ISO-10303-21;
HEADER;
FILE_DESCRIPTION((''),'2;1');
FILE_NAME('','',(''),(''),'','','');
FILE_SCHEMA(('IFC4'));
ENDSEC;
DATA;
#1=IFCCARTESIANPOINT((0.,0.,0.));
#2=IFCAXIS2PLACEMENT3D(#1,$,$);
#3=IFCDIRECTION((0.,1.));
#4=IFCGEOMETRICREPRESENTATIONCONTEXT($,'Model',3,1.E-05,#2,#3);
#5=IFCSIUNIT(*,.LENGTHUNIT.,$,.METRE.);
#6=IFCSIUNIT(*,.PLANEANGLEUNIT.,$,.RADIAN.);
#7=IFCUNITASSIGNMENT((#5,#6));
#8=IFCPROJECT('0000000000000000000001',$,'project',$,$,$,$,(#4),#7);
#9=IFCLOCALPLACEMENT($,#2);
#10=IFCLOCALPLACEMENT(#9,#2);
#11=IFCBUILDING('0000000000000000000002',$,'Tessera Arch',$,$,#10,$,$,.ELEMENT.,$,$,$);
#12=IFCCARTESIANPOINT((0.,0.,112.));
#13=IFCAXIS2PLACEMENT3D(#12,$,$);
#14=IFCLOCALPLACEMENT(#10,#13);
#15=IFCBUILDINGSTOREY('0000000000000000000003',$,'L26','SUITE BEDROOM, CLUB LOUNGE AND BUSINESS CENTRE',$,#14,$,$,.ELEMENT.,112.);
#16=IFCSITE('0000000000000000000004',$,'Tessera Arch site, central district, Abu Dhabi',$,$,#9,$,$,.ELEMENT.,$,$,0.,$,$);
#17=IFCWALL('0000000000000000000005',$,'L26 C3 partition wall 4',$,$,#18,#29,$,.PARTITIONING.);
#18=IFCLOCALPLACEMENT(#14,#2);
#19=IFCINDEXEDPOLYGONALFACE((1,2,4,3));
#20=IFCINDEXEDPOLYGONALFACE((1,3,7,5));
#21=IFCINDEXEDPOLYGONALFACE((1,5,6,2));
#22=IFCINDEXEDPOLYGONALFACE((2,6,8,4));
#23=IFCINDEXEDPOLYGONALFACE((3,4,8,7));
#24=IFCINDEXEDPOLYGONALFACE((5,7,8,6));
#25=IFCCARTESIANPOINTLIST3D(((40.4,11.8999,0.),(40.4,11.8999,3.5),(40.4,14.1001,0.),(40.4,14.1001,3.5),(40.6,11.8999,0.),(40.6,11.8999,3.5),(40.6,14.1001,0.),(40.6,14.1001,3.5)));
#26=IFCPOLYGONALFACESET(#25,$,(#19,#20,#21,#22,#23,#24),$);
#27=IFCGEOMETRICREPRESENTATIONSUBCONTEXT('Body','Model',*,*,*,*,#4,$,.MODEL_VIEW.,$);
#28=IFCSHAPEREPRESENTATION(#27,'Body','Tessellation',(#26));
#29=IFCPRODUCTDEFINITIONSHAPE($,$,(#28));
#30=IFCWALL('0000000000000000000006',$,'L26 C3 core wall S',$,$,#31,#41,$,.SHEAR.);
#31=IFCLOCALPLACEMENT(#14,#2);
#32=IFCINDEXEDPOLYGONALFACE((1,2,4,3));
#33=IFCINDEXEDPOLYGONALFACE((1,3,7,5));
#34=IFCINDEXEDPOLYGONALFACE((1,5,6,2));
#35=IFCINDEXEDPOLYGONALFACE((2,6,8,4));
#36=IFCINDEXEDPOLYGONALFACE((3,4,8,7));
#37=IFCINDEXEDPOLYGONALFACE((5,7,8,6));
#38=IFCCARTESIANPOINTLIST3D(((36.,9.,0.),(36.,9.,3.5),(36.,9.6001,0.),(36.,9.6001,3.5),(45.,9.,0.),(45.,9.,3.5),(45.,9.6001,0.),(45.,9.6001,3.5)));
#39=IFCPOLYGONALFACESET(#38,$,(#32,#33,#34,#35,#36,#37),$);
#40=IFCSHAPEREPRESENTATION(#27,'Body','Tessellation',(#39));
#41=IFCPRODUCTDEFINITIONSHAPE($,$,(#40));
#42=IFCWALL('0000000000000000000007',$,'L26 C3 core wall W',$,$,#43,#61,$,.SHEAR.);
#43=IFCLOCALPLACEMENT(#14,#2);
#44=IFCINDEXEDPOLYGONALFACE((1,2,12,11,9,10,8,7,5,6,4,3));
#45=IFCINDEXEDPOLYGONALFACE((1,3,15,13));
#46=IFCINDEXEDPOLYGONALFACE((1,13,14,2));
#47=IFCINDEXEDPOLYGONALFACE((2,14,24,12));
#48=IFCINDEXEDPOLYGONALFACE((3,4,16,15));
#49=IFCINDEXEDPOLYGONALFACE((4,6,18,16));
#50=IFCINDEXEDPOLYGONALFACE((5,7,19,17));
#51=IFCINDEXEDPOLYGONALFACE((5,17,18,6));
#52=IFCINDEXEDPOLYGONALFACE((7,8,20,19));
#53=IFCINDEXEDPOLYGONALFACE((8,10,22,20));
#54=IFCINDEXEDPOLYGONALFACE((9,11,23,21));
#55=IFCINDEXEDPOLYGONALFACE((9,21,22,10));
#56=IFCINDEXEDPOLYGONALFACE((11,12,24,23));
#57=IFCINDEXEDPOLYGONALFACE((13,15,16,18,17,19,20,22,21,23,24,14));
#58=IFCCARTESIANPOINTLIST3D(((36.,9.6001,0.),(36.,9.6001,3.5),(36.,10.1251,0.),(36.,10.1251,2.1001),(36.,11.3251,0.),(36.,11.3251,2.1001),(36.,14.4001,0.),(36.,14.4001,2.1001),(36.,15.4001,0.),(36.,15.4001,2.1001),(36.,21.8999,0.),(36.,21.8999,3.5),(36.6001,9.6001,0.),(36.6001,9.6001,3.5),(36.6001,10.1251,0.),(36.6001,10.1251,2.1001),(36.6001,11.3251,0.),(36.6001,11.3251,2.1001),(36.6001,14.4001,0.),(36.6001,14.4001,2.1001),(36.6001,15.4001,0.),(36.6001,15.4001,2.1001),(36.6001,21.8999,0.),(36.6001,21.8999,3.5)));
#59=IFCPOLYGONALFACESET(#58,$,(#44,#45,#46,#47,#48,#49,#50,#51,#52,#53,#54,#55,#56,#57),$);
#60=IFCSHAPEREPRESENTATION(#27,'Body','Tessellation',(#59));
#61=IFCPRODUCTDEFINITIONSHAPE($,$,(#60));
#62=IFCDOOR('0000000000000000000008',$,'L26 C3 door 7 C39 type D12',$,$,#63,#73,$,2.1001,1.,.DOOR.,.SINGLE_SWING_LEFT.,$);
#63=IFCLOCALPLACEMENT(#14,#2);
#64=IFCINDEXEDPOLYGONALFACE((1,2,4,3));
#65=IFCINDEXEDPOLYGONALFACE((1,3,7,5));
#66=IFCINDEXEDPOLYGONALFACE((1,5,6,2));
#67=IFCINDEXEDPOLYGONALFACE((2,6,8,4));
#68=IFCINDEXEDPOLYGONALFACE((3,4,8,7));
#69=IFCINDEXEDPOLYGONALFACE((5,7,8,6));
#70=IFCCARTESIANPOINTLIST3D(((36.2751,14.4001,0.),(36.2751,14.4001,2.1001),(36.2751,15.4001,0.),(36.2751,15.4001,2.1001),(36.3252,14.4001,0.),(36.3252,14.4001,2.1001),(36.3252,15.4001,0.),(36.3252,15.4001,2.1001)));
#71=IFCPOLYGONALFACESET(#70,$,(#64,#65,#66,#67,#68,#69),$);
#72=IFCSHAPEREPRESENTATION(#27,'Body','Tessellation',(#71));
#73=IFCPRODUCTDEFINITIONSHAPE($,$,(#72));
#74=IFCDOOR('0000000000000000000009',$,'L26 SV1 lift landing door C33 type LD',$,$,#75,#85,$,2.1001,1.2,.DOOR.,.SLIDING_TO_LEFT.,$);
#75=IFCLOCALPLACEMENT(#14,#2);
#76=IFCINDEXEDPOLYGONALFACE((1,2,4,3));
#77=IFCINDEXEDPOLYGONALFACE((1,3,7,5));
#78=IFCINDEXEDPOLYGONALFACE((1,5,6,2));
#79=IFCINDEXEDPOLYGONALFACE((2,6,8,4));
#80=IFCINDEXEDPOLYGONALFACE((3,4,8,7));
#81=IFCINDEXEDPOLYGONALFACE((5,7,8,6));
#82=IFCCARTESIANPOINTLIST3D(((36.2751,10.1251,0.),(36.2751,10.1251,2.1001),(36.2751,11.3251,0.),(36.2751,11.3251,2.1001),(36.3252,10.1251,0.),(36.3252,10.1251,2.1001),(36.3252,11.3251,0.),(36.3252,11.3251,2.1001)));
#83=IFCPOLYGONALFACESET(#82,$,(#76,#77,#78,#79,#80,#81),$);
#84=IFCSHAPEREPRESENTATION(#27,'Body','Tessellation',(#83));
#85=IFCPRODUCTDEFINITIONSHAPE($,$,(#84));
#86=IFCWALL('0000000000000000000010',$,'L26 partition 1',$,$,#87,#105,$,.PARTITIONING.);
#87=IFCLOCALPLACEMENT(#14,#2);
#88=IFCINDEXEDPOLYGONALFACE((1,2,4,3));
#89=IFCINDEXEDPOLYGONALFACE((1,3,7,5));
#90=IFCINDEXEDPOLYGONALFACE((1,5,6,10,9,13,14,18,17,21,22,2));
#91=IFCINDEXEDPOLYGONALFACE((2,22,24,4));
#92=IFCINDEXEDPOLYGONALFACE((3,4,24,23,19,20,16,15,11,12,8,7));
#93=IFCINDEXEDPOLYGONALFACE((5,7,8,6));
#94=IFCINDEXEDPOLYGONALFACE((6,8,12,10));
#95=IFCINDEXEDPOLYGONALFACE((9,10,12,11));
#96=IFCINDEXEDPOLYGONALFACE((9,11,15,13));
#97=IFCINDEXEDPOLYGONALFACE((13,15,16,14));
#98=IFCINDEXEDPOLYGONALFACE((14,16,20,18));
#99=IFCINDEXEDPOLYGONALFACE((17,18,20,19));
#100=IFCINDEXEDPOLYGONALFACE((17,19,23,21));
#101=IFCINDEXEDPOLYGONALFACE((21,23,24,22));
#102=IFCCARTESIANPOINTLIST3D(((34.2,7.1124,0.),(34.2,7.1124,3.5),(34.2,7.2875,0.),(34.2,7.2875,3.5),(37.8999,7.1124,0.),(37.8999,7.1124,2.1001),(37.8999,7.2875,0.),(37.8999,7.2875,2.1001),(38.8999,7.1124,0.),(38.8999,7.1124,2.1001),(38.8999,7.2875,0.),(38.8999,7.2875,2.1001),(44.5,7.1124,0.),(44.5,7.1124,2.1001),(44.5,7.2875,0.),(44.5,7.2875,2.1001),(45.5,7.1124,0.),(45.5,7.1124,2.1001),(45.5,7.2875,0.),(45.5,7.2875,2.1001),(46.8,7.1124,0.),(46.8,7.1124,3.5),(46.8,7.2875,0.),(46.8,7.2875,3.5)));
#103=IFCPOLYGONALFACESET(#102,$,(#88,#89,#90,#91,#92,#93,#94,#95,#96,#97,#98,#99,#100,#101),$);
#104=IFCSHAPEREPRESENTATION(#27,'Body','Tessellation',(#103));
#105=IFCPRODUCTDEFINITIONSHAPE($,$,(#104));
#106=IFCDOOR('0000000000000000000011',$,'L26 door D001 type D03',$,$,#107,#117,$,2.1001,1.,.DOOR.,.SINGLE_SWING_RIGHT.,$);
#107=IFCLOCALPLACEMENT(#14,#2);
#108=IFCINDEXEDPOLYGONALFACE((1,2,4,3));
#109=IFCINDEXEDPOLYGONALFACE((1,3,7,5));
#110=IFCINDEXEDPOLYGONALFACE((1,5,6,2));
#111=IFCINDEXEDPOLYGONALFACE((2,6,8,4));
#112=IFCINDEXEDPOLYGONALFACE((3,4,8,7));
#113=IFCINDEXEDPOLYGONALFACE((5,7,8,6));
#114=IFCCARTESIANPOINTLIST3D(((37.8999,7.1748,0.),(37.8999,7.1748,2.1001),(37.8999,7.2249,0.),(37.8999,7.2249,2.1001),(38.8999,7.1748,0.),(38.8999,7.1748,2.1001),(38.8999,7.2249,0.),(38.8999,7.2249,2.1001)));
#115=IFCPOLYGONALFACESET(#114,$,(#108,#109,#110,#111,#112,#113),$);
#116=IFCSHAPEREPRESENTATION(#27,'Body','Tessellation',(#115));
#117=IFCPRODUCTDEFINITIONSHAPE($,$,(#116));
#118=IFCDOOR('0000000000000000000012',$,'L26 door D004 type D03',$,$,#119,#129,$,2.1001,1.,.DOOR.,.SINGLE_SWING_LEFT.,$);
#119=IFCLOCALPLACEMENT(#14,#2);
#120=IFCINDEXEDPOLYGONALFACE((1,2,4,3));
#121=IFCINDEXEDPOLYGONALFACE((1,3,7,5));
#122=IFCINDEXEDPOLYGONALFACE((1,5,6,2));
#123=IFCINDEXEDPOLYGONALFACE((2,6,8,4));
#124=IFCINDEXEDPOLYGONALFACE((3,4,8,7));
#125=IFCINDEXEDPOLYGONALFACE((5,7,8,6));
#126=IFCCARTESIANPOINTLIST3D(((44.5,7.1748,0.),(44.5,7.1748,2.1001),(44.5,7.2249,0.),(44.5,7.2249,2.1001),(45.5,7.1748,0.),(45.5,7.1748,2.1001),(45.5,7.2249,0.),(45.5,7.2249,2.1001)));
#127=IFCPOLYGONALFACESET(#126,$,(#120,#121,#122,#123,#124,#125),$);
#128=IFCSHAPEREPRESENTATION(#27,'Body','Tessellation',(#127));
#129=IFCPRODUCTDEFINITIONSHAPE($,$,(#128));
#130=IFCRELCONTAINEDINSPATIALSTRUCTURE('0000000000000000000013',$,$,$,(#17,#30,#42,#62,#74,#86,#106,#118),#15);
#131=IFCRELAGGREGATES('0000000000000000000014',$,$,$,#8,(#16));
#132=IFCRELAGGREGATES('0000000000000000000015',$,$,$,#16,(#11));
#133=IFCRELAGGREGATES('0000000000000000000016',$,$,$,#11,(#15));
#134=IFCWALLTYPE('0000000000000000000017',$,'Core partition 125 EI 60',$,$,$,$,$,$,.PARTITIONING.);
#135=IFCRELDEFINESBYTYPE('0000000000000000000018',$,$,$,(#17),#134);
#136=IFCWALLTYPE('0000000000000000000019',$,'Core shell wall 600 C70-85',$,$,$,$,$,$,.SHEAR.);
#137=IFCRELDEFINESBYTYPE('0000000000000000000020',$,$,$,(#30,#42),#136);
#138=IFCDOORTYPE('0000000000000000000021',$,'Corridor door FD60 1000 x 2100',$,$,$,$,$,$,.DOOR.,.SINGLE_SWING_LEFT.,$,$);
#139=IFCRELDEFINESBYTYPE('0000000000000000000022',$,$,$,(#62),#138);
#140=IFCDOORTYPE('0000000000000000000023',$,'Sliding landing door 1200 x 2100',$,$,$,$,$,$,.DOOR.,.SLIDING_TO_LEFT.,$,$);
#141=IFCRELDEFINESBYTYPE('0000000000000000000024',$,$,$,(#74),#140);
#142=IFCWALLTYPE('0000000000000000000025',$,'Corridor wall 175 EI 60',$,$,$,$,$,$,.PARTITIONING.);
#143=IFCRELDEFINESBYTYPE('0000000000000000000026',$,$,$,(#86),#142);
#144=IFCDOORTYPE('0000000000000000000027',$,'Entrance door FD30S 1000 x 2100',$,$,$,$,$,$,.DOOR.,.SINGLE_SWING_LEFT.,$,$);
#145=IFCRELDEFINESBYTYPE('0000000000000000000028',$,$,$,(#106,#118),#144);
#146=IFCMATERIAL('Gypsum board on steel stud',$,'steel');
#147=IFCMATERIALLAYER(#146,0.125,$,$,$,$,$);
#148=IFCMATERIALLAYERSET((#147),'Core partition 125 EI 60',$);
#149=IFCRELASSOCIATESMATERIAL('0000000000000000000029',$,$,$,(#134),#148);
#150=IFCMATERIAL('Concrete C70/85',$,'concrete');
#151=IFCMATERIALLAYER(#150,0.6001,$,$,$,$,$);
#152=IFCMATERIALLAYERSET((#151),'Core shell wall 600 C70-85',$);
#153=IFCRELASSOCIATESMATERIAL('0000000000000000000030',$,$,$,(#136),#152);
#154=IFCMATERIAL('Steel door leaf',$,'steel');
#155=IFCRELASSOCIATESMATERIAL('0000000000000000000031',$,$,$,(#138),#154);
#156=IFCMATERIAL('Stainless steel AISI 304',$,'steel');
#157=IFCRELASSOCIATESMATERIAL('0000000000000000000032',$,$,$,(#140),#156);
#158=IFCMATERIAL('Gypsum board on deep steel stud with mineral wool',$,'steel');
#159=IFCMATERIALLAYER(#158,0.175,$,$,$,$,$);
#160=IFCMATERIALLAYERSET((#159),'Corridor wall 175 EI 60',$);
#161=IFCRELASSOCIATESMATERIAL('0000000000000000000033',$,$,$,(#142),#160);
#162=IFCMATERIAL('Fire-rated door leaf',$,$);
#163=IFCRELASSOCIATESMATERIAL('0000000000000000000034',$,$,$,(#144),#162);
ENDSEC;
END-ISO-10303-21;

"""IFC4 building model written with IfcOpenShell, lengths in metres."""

from ifc_helpers import new_model, si_unit, direction, frame, frame_2d, origin, place, context, subcontext, project, spatial, rectangle, extrude, material, layer, layer_set, type_object, element, fill, save


model = new_model("IFC4")

# Units and contexts
model_context = context("Model", 3, precision=1e-05, world=origin(), true_north=direction((0.0, 1.0)))
body_context = subcontext(model_context, "Body", "Model", "MODEL_VIEW")
ifc_project = project(units=[si_unit("LENGTHUNIT", "METRE"), si_unit("PLANEANGLEUNIT", "RADIAN")], contexts=[model_context])

# Site, building, storey
site_placement = place(None, origin())
site = spatial("IfcSite", under=ifc_project, at=site_placement, Name="Tessera Arch site, central district, Abu Dhabi", CompositionType="ELEMENT", RefElevation=0.0)
building_placement = place(site_placement, origin())
building = spatial("IfcBuilding", under=site, at=building_placement, Name="Tessera Arch", CompositionType="ELEMENT")
storey_placement = place(building_placement, frame((0.0, 0.0, 112.0)))
storey = spatial("IfcBuildingStorey", under=building, at=storey_placement, Name="L26", Description="SUITE BEDROOM, CLUB LOUNGE AND BUSINESS CENTRE", CompositionType="ELEMENT", Elevation=112.0)

# Walls
ifc_material_1 = material(Name="Gypsum board on steel stud", Category="steel")
ifc_layer_1 = layer(ifc_material_1, 0.125)
ifc_layer_set_1 = layer_set([ifc_layer_1], Name="Core partition 125 EI 60")
wall_type_1 = type_object("IfcWallType", Name="Core partition 125 EI 60", PredefinedType="PARTITIONING", material=ifc_layer_set_1)
wall_1_placement = place(storey_placement, frame((40.5, 11.8999, 0.0), z_axis=(0.0, 0.0, 1.0), x_axis=(0.0, 1.0, 0.0)))
element("IfcWall", 1, at=wall_1_placement, inside=storey, type_object=wall_type_1, Name="L26 C3 partition wall 4", PredefinedType="PARTITIONING", context=body_context, shape_type="SweptSolid", body=[
    extrude(rectangle(XDim=2.2002, YDim=0.2, at=frame_2d((1.1001, 0.0))), origin(), (0.0, 0.0, 1.0), 3.5),
])
ifc_material_2 = material(Name="Concrete C70/85", Category="concrete")
ifc_layer_2 = layer(ifc_material_2, 0.6001)
ifc_layer_set_2 = layer_set([ifc_layer_2], Name="Core shell wall 600 C70-85")
wall_type_2 = type_object("IfcWallType", Name="Core shell wall 600 C70-85", PredefinedType="SHEAR", material=ifc_layer_set_2)
wall_2_placement = place(storey_placement, frame((36.0, 9.3, 0.0), z_axis=(0.0, 0.0, 1.0), x_axis=(1.0, 0.0, 0.0)))
element("IfcWall", 2, at=wall_2_placement, inside=storey, type_object=wall_type_2, Name="L26 C3 core wall S", PredefinedType="SHEAR", context=body_context, shape_type="SweptSolid", body=[
    extrude(rectangle(XDim=9.0, YDim=0.6001, at=frame_2d((4.5, 0.0))), origin(), (0.0, 0.0, 1.0), 3.5),
])

# Walls, openings, doors
wall_3_placement = place(storey_placement, frame((36.3, 9.6001, 0.0), z_axis=(0.0, 0.0, 1.0), x_axis=(0.0, 1.0, 0.0)))
wall_3 = element("IfcWall", 3, at=wall_3_placement, inside=storey, type_object=wall_type_2, Name="L26 C3 core wall W", PredefinedType="SHEAR", context=body_context, shape_type="SweptSolid", body=[
    extrude(rectangle(XDim=12.2998, YDim=0.6001, at=frame_2d((6.1499, 0.0))), origin(), (0.0, 0.0, 1.0), 3.5),
])
opening_1_placement = place(wall_3_placement, frame((0.5249, 0.0, 0.0)))
opening_1 = element("IfcOpeningElement", 4, at=opening_1_placement, cuts=wall_3, PredefinedType="OPENING", context=body_context, shape_type="SweptSolid", body=[
    extrude(rectangle(XDim=1.2, YDim=2.1001, at=frame_2d((0.6001, 1.05))), frame((0.0, 0.3101, 0.0), z_axis=(0.0, -1.0, 0.0), x_axis=(1.0, 0.0, 0.0)), (0.0, 0.0, 1.0), 0.6201),
])
opening_2_placement = place(wall_3_placement, frame((4.8, 0.0, 0.0)))
opening_2 = element("IfcOpeningElement", 5, at=opening_2_placement, cuts=wall_3, PredefinedType="OPENING", context=body_context, shape_type="SweptSolid", body=[
    extrude(rectangle(XDim=1.0, YDim=2.1001, at=frame_2d((0.5, 1.05))), frame((0.0, 0.3101, 0.0), z_axis=(0.0, -1.0, 0.0), x_axis=(1.0, 0.0, 0.0)), (0.0, 0.0, 1.0), 0.6201),
])
ifc_material_3 = material(Name="Steel door leaf", Category="steel")
door_type_1 = type_object("IfcDoorType", Name="Corridor door FD60 1000 x 2100", OperationType="SINGLE_SWING_LEFT", PredefinedType="DOOR", material=ifc_material_3)
door_1_placement = place(opening_2_placement, origin())
door_1 = element("IfcDoor", 6, at=door_1_placement, inside=storey, type_object=door_type_1, Name="L26 C3 door 7 C39 type D12", OperationType="SINGLE_SWING_LEFT", OverallHeight=2.1001, OverallWidth=1.0, PredefinedType="DOOR", context=body_context, shape_type="SweptSolid", body=[
    extrude(rectangle(XDim=1.0, YDim=2.1001, at=frame_2d((0.5, 1.05))), frame((0.0, 0.0249, 0.0), z_axis=(0.0, -1.0, 0.0), x_axis=(1.0, 0.0, 0.0)), (0.0, 0.0, 1.0), 0.05),
])
fill(opening_2, door_1)
ifc_material_4 = material(Name="Stainless steel AISI 304", Category="steel")
door_type_2 = type_object("IfcDoorType", Name="Sliding landing door 1200 x 2100", OperationType="SLIDING_TO_LEFT", PredefinedType="DOOR", material=ifc_material_4)
door_2_placement = place(opening_1_placement, origin())
door_2 = element("IfcDoor", 7, at=door_2_placement, inside=storey, type_object=door_type_2, Name="L26 SV1 lift landing door C33 type LD", OperationType="SLIDING_TO_LEFT", OverallHeight=2.1001, OverallWidth=1.2, PredefinedType="DOOR", context=body_context, shape_type="SweptSolid", body=[
    extrude(rectangle(XDim=1.2, YDim=2.1001, at=frame_2d((0.6001, 1.05))), frame((0.0, 0.0249, 0.0), z_axis=(0.0, -1.0, 0.0), x_axis=(1.0, 0.0, 0.0)), (0.0, 0.0, 1.0), 0.05),
])
fill(opening_1, door_2)
ifc_material_5 = material(Name="Gypsum board on deep steel stud with mineral wool", Category="steel")
ifc_layer_3 = layer(ifc_material_5, 0.175)
ifc_layer_set_3 = layer_set([ifc_layer_3], Name="Corridor wall 175 EI 60")
wall_type_3 = type_object("IfcWallType", Name="Corridor wall 175 EI 60", PredefinedType="PARTITIONING", material=ifc_layer_set_3)
wall_4_placement = place(storey_placement, frame((34.2, 7.2, 0.0), z_axis=(0.0, 0.0, 1.0), x_axis=(1.0, 0.0, 0.0)))
wall_4 = element("IfcWall", 8, at=wall_4_placement, inside=storey, type_object=wall_type_3, Name="L26 partition 1", PredefinedType="PARTITIONING", context=body_context, shape_type="SweptSolid", body=[
    extrude(rectangle(XDim=12.6001, YDim=0.175, at=frame_2d((6.3, 0.0))), origin(), (0.0, 0.0, 1.0), 3.5),
])
opening_3_placement = place(wall_4_placement, frame((3.7, 0.0, 0.0)))
opening_3 = element("IfcOpeningElement", 9, at=opening_3_placement, cuts=wall_4, PredefinedType="OPENING", context=body_context, shape_type="SweptSolid", body=[
    extrude(rectangle(XDim=1.0, YDim=2.1001, at=frame_2d((0.5, 1.05))), frame((0.0, 0.0974, 0.0), z_axis=(0.0, -1.0, 0.0), x_axis=(1.0, 0.0, 0.0)), (0.0, 0.0, 1.0), 0.1951),
])
opening_4_placement = place(wall_4_placement, frame((10.3, 0.0, 0.0)))
opening_4 = element("IfcOpeningElement", 10, at=opening_4_placement, cuts=wall_4, PredefinedType="OPENING", context=body_context, shape_type="SweptSolid", body=[
    extrude(rectangle(XDim=1.0, YDim=2.1001, at=frame_2d((0.5, 1.05))), frame((0.0, 0.0974, 0.0), z_axis=(0.0, -1.0, 0.0), x_axis=(1.0, 0.0, 0.0)), (0.0, 0.0, 1.0), 0.1951),
])
ifc_material_6 = material(Name="Fire-rated door leaf")
door_type_3 = type_object("IfcDoorType", Name="Entrance door FD30S 1000 x 2100", OperationType="SINGLE_SWING_LEFT", PredefinedType="DOOR", material=ifc_material_6)
door_3_placement = place(opening_3_placement, origin())
door_3 = element("IfcDoor", 11, at=door_3_placement, inside=storey, type_object=door_type_3, Name="L26 door D001 type D03", OperationType="SINGLE_SWING_RIGHT", OverallHeight=2.1001, OverallWidth=1.0, PredefinedType="DOOR", context=body_context, shape_type="SweptSolid", body=[
    extrude(rectangle(XDim=1.0, YDim=2.1001, at=frame_2d((0.5, 1.05))), frame((0.0, 0.0249, 0.0), z_axis=(0.0, -1.0, 0.0), x_axis=(1.0, 0.0, 0.0)), (0.0, 0.0, 1.0), 0.05),
])
fill(opening_3, door_3)
door_4_placement = place(opening_4_placement, origin())
door_4 = element("IfcDoor", 12, at=door_4_placement, inside=storey, type_object=door_type_3, Name="L26 door D004 type D03", OperationType="SINGLE_SWING_LEFT", OverallHeight=2.1001, OverallWidth=1.0, PredefinedType="DOOR", context=body_context, shape_type="SweptSolid", body=[
    extrude(rectangle(XDim=1.0, YDim=2.1001, at=frame_2d((0.5, 1.05))), frame((0.0, 0.0249, 0.0), z_axis=(0.0, -1.0, 0.0), x_axis=(1.0, 0.0, 0.0)), (0.0, 0.0, 1.0), 0.05),
])
fill(opening_4, door_4)

save(model, "model.ifc")
